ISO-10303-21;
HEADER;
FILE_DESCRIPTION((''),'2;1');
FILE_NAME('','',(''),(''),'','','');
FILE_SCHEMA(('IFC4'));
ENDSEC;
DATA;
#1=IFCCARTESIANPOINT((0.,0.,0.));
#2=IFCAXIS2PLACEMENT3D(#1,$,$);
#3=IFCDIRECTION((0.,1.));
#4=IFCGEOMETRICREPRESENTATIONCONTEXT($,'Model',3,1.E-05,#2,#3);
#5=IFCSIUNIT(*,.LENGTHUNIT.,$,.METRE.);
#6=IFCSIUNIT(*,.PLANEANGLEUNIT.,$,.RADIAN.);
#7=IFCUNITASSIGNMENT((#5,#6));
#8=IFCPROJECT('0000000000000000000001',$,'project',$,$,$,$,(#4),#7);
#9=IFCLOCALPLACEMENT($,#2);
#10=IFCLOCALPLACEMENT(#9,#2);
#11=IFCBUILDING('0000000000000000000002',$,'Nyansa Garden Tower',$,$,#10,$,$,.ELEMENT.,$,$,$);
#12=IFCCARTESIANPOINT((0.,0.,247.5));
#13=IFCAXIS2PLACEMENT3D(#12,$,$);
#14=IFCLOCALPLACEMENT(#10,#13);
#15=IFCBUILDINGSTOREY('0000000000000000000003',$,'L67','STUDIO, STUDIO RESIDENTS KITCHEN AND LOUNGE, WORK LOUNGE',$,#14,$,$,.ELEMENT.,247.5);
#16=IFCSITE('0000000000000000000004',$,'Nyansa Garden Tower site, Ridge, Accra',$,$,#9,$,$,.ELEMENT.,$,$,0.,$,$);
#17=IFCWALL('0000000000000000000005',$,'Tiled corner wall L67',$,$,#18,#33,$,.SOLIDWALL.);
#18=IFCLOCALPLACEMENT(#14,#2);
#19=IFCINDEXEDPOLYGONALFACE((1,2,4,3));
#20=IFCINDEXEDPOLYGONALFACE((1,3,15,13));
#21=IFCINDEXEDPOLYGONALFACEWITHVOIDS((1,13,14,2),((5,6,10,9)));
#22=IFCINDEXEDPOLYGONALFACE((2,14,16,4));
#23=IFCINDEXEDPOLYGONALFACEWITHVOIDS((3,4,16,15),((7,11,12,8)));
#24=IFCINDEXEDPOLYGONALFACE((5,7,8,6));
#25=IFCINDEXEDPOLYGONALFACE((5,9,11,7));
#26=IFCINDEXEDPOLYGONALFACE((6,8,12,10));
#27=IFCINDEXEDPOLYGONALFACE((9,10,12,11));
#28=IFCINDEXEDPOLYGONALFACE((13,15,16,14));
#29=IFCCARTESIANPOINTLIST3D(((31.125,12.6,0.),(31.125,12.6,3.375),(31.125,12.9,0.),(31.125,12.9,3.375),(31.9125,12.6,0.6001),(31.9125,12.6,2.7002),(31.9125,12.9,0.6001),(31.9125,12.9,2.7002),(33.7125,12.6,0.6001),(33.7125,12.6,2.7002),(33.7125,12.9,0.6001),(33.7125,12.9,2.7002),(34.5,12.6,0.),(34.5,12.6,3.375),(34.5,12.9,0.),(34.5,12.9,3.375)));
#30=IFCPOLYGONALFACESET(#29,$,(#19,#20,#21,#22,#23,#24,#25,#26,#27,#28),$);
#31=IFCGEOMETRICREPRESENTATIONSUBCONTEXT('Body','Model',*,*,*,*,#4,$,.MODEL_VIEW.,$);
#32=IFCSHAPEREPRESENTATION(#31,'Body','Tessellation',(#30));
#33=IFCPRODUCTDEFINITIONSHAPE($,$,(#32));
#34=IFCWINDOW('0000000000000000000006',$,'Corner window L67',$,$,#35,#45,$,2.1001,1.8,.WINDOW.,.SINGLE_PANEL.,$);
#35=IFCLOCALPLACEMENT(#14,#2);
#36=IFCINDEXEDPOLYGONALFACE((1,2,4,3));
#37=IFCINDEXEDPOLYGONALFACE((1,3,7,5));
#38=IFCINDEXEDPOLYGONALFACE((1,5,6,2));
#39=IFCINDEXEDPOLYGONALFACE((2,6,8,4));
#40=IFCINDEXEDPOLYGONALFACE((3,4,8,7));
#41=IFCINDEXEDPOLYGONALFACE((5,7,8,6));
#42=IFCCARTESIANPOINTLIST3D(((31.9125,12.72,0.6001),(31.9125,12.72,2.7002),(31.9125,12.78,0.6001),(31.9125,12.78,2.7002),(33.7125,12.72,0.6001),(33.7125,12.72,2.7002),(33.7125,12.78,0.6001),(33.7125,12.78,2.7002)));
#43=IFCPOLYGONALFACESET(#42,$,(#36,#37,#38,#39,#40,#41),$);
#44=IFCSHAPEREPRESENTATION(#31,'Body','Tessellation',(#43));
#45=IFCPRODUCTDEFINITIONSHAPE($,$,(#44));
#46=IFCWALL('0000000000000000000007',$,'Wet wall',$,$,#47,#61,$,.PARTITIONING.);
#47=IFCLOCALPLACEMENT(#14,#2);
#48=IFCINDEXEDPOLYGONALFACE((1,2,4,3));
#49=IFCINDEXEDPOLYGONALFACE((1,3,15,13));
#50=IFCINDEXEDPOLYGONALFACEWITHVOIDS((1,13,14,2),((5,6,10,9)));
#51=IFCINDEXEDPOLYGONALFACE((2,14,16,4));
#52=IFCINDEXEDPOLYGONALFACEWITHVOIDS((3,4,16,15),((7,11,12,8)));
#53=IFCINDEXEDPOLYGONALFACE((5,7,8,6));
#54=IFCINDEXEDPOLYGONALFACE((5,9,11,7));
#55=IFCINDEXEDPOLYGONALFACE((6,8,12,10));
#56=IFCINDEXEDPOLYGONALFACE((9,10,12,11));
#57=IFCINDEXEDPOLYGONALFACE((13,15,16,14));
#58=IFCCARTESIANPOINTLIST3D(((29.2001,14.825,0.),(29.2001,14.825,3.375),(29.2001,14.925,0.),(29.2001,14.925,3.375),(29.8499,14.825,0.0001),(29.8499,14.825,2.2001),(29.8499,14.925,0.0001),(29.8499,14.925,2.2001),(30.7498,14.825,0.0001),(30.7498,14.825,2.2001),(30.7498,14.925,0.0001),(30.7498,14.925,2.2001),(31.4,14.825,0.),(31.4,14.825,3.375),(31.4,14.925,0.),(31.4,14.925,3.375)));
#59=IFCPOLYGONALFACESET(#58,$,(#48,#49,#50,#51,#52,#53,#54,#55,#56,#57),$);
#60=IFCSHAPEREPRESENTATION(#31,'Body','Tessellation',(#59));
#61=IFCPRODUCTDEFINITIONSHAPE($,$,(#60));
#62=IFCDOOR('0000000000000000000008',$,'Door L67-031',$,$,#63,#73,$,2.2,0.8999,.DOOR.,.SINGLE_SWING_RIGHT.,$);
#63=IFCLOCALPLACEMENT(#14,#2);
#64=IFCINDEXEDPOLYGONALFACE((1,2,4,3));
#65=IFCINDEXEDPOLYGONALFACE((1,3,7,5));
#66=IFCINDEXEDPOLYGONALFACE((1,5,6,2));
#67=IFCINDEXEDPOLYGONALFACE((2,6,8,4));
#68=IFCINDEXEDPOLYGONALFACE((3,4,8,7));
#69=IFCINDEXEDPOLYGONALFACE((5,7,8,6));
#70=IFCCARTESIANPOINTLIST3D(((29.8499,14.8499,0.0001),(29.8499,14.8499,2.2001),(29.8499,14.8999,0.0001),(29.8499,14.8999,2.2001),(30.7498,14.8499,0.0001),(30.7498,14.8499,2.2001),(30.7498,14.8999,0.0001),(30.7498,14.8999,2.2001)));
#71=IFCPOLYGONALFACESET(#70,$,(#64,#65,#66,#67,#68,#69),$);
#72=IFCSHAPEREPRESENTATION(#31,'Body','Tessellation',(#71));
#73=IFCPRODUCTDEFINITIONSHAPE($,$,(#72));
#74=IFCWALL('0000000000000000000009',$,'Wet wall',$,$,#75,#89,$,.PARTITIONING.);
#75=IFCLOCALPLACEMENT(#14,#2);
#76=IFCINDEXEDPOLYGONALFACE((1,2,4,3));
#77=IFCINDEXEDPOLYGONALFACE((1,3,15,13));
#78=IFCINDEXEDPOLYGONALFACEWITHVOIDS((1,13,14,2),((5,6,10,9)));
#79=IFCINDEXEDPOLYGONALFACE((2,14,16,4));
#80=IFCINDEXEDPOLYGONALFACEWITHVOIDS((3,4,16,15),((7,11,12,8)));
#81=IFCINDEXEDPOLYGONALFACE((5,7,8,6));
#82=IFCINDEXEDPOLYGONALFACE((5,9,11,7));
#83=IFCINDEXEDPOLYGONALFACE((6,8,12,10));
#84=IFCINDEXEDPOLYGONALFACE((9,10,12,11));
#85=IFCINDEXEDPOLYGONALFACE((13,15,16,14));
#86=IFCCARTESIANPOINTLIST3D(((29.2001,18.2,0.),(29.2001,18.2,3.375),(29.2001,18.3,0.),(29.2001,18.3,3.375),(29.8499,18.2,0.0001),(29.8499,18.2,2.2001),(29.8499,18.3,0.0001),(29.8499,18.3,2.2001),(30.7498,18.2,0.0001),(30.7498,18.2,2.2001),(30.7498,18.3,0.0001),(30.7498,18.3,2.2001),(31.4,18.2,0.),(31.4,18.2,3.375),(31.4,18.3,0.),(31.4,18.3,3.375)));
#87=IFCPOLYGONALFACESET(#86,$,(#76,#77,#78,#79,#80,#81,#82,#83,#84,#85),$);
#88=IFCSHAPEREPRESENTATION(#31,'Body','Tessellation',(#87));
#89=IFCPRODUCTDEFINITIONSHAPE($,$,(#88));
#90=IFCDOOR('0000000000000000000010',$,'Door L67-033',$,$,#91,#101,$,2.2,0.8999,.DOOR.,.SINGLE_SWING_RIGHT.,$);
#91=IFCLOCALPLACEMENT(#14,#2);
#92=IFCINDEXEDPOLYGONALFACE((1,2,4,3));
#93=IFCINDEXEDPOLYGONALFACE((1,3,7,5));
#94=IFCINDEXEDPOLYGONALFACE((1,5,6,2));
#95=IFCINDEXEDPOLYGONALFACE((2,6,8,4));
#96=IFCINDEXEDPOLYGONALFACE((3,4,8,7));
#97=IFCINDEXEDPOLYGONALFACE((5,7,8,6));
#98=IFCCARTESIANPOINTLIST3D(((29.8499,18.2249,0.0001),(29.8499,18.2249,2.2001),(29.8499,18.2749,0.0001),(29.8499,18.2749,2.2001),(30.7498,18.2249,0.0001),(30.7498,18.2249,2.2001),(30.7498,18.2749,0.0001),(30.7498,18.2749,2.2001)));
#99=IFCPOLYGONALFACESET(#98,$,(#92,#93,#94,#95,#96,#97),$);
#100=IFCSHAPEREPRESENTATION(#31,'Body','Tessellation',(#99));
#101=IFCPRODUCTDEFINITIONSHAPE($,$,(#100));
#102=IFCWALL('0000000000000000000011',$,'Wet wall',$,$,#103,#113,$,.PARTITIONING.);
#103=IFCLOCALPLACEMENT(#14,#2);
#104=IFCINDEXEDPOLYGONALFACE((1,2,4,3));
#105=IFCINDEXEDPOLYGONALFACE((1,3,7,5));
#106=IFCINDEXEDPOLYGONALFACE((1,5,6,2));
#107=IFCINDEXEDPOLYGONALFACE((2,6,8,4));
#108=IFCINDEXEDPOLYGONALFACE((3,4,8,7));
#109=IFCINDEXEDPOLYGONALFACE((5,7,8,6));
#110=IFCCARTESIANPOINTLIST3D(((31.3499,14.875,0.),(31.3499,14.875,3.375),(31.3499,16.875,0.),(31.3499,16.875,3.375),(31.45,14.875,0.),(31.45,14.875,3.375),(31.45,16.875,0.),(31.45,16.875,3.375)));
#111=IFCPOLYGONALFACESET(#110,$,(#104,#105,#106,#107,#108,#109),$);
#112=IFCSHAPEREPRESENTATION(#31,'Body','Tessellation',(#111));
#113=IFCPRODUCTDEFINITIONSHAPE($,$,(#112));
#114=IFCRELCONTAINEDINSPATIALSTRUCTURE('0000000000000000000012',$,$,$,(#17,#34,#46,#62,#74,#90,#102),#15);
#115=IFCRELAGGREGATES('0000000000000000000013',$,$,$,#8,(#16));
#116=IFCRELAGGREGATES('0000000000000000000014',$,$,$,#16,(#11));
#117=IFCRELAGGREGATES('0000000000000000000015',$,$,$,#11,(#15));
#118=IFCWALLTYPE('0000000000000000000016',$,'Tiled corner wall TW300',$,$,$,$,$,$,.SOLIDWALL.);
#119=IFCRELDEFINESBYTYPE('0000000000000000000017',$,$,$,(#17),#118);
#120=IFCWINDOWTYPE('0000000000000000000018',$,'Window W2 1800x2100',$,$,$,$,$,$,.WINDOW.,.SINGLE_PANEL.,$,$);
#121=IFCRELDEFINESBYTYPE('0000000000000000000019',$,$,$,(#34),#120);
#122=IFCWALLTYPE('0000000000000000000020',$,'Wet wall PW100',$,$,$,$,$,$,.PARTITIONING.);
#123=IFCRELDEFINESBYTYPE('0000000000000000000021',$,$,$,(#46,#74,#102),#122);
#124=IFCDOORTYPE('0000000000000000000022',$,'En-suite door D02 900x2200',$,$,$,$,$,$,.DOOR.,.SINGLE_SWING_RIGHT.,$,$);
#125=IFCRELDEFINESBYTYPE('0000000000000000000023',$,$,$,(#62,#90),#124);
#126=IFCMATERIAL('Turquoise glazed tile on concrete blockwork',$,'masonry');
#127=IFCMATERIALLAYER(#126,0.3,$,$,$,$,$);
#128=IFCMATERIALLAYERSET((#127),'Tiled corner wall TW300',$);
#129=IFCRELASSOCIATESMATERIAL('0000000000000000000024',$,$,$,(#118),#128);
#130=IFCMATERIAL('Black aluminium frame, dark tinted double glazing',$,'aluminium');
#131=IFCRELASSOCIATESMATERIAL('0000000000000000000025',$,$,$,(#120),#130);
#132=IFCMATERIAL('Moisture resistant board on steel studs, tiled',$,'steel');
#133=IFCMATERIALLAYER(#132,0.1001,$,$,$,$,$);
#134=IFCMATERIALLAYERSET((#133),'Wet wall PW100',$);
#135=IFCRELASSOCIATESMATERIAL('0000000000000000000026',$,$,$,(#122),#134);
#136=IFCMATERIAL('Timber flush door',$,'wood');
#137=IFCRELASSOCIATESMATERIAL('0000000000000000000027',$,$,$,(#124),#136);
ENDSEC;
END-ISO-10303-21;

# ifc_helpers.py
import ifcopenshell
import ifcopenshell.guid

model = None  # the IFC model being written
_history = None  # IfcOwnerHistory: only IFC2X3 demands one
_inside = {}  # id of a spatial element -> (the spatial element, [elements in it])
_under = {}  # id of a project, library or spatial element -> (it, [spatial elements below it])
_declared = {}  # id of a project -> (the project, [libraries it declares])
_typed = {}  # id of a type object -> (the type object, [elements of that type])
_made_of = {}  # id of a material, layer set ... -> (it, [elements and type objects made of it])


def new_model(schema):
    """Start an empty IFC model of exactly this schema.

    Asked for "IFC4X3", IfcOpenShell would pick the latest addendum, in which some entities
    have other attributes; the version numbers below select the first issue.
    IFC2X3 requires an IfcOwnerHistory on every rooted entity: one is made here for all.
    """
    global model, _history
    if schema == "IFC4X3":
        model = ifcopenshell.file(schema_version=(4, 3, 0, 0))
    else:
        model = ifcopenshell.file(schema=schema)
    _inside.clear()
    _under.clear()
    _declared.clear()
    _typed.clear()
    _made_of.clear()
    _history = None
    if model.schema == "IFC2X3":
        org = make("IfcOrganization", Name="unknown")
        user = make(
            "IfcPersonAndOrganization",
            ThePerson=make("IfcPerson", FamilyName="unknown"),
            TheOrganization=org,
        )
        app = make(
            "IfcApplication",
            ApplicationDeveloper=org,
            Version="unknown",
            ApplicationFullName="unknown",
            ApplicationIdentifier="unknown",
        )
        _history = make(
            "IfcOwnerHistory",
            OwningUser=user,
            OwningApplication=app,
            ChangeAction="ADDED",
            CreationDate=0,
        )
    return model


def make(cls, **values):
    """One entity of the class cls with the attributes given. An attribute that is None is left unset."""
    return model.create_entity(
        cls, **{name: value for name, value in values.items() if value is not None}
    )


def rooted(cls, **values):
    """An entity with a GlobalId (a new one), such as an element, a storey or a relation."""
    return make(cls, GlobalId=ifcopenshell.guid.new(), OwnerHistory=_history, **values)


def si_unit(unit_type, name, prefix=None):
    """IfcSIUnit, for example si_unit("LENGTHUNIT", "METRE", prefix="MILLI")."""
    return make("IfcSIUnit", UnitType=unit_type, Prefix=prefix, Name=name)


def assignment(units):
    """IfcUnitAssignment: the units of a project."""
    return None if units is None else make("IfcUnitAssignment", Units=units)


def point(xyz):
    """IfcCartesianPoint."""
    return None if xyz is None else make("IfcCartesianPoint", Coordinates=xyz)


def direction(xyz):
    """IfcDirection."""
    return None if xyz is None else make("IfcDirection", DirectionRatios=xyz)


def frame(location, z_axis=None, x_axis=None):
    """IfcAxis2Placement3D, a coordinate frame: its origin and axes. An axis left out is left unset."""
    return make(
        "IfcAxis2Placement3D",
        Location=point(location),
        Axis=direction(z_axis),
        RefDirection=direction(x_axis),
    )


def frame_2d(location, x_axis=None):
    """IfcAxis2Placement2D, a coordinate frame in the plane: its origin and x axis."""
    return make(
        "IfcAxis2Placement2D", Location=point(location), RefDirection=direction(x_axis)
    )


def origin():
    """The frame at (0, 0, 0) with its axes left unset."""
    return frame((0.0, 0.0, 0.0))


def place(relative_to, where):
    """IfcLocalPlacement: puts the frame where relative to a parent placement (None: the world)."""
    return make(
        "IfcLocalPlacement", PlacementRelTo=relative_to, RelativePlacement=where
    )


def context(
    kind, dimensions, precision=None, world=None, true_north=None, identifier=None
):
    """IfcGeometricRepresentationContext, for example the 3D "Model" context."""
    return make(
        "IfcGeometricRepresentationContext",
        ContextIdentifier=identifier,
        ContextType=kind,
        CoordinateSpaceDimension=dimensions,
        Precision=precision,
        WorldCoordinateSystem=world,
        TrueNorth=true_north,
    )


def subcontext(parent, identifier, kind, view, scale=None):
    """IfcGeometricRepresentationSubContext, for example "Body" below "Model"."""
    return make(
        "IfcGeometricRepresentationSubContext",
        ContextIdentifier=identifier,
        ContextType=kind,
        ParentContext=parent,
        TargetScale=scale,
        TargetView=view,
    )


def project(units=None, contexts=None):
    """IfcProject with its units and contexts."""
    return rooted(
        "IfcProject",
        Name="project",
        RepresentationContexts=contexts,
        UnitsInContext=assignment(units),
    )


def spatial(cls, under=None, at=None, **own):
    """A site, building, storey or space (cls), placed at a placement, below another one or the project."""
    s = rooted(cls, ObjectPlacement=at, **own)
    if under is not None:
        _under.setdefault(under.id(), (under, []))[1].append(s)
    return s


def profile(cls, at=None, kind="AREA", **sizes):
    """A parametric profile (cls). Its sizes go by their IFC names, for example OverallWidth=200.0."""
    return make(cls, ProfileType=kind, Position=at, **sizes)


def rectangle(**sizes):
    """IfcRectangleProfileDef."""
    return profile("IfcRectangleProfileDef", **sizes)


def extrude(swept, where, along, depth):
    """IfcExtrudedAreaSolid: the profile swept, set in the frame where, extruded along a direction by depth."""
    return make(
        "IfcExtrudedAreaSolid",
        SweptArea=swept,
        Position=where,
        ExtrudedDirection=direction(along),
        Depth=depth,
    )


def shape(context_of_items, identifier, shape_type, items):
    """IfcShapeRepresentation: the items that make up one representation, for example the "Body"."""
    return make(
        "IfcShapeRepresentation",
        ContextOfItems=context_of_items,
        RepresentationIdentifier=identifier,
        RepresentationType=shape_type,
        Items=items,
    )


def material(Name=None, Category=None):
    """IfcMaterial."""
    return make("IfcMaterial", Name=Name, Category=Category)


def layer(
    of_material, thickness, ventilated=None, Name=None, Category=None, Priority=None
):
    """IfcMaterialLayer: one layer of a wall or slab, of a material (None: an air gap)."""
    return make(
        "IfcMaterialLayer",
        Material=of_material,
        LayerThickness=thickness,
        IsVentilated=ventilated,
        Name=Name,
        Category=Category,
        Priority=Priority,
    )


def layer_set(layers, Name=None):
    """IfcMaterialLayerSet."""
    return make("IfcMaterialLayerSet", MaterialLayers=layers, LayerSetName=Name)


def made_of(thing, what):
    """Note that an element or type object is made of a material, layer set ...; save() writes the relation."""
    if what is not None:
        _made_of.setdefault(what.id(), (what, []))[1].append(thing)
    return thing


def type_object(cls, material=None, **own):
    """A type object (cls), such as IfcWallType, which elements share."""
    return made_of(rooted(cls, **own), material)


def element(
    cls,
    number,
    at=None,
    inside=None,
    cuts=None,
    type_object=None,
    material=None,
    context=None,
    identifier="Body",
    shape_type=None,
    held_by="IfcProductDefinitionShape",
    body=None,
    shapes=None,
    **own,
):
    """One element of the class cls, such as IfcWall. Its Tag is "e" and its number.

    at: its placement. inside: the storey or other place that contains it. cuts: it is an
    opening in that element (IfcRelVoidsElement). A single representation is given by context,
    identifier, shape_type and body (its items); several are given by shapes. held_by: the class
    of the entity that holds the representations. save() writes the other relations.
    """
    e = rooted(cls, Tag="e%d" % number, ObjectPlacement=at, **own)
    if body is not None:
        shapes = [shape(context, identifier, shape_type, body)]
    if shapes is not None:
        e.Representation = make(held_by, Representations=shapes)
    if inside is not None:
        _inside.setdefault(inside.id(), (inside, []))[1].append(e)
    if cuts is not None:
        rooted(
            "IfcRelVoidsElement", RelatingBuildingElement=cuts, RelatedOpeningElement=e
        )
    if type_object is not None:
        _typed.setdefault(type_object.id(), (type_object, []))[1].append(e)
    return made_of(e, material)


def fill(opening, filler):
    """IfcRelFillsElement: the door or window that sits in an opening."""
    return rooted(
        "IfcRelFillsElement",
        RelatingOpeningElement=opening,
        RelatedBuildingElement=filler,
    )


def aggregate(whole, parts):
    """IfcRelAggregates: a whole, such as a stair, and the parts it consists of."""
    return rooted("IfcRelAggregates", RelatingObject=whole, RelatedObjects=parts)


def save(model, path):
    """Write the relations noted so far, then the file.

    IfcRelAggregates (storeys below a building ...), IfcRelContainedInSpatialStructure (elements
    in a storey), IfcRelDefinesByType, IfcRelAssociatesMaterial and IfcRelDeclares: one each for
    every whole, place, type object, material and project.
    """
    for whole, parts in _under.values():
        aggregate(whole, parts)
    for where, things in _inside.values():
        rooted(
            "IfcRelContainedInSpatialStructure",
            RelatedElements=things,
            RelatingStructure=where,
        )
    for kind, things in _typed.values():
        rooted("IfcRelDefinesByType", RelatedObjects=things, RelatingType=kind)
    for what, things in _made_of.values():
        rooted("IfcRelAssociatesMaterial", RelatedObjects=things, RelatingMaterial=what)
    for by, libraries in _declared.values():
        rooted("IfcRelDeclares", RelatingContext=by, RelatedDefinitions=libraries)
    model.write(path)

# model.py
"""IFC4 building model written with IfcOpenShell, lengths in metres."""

from ifc_helpers import new_model, si_unit, direction, frame, frame_2d, origin, place, context, subcontext, project, spatial, rectangle, extrude, material, layer, layer_set, type_object, element, fill, save


model = new_model("IFC4")

# Units and contexts
model_context = context("Model", 3, precision=1e-05, world=origin(), true_north=direction((0.0, 1.0)))
body_context = subcontext(model_context, "Body", "Model", "MODEL_VIEW")
ifc_project = project(units=[si_unit("LENGTHUNIT", "METRE"), si_unit("PLANEANGLEUNIT", "RADIAN")], contexts=[model_context])

# Site, building, storey
site_placement = place(None, origin())
site = spatial("IfcSite", under=ifc_project, at=site_placement, Name="Nyansa Garden Tower site, Ridge, Accra", CompositionType="ELEMENT", RefElevation=0.0)
building_placement = place(site_placement, origin())
building = spatial("IfcBuilding", under=site, at=building_placement, Name="Nyansa Garden Tower", CompositionType="ELEMENT")
storey_placement = place(building_placement, frame((0.0, 0.0, 247.5)))
storey = spatial("IfcBuildingStorey", under=building, at=storey_placement, Name="L67", Description="STUDIO, STUDIO RESIDENTS KITCHEN AND LOUNGE, WORK LOUNGE", CompositionType="ELEMENT", Elevation=247.5)

# Wall, opening, window
ifc_material_1 = material(Name="Turquoise glazed tile on concrete blockwork", Category="masonry")
ifc_layer_1 = layer(ifc_material_1, 0.3)
ifc_layer_set_1 = layer_set([ifc_layer_1], Name="Tiled corner wall TW300")
wall_type_1 = type_object("IfcWallType", Name="Tiled corner wall TW300", PredefinedType="SOLIDWALL", material=ifc_layer_set_1)
wall_1_placement = place(storey_placement, frame((31.125, 12.75, 0.0), z_axis=(0.0, 0.0, 1.0), x_axis=(1.0, 0.0, 0.0)))
wall_1 = element("IfcWall", 1, at=wall_1_placement, inside=storey, type_object=wall_type_1, Name="Tiled corner wall L67", PredefinedType="SOLIDWALL", context=body_context, shape_type="SweptSolid", body=[
    extrude(rectangle(XDim=3.375, YDim=0.3, at=frame_2d((1.6875, 0.0))), origin(), (0.0, 0.0, 1.0), 3.375),
])
opening_1_placement = place(wall_1_placement, frame((0.7876, 0.0, 0.6001)))
opening_1 = element("IfcOpeningElement", 2, at=opening_1_placement, cuts=wall_1, PredefinedType="OPENING", context=body_context, shape_type="SweptSolid", body=[
    extrude(rectangle(XDim=1.8, YDim=2.1001, at=frame_2d((0.8999, 1.05))), frame((0.0, 0.1599, 0.0), z_axis=(0.0, -1.0, 0.0), x_axis=(1.0, 0.0, 0.0)), (0.0, 0.0, 1.0), 0.3201),
])
ifc_material_2 = material(Name="Black aluminium frame, dark tinted double glazing", Category="aluminium")
window_type = type_object("IfcWindowType", Name="Window W2 1800x2100", PartitioningType="SINGLE_PANEL", PredefinedType="WINDOW", material=ifc_material_2)
window_placement = place(opening_1_placement, origin())
window = element("IfcWindow", 3, at=window_placement, inside=storey, type_object=window_type, Name="Corner window L67", OverallHeight=2.1001, OverallWidth=1.8, PartitioningType="SINGLE_PANEL", PredefinedType="WINDOW", context=body_context, shape_type="SweptSolid", body=[
    extrude(rectangle(XDim=1.8, YDim=2.1001, at=frame_2d((0.8999, 1.05))), frame((0.0, 0.03, 0.0), z_axis=(0.0, -1.0, 0.0), x_axis=(1.0, 0.0, 0.0)), (0.0, 0.0, 1.0), 0.0601),
])
fill(opening_1, window)

# Walls, openings, doors
ifc_material_3 = material(Name="Moisture resistant board on steel studs, tiled", Category="steel")
ifc_layer_2 = layer(ifc_material_3, 0.1001)
ifc_layer_set_2 = layer_set([ifc_layer_2], Name="Wet wall PW100")
wall_type_2 = type_object("IfcWallType", Name="Wet wall PW100", PredefinedType="PARTITIONING", material=ifc_layer_set_2)
wall_2_placement = place(storey_placement, frame((29.2, 14.875, 0.0), z_axis=(0.0, 0.0, 1.0), x_axis=(1.0, 0.0, 0.0)))
wall_2 = element("IfcWall", 4, at=wall_2_placement, inside=storey, type_object=wall_type_2, Name="Wet wall", PredefinedType="PARTITIONING", context=body_context, shape_type="SweptSolid", body=[
    extrude(rectangle(XDim=2.2, YDim=0.1001, at=frame_2d((1.1001, 0.0))), origin(), (0.0, 0.0, 1.0), 3.375),
])
opening_2_placement = place(wall_2_placement, frame((0.6499, 0.0, 0.0)))
opening_2 = element("IfcOpeningElement", 5, at=opening_2_placement, cuts=wall_2, PredefinedType="OPENING", context=body_context, shape_type="SweptSolid", body=[
    extrude(rectangle(XDim=0.8999, YDim=2.2, at=frame_2d((0.45, 1.1001))), frame((0.0, 0.0601, 0.0), z_axis=(0.0, -1.0, 0.0), x_axis=(1.0, 0.0, 0.0)), (0.0, 0.0, 1.0), 0.1201),
])
ifc_material_4 = material(Name="Timber flush door", Category="wood")
door_type_1 = type_object("IfcDoorType", Name="En-suite door D02 900x2200", OperationType="SINGLE_SWING_RIGHT", PredefinedType="DOOR", material=ifc_material_4)
door_1_placement = place(opening_2_placement, origin())
door_1 = element("IfcDoor", 6, at=door_1_placement, inside=storey, type_object=door_type_1, Name="Door L67-031", OperationType="SINGLE_SWING_RIGHT", OverallHeight=2.2, OverallWidth=0.8999, PredefinedType="DOOR", context=body_context, shape_type="SweptSolid", body=[
    extrude(rectangle(XDim=0.8999, YDim=2.2, at=frame_2d((0.45, 1.1001))), frame((0.0, 0.0249, 0.0), z_axis=(0.0, -1.0, 0.0), x_axis=(1.0, 0.0, 0.0)), (0.0, 0.0, 1.0), 0.05),
])
fill(opening_2, door_1)
wall_3_placement = place(storey_placement, frame((29.2, 18.25, 0.0), z_axis=(0.0, 0.0, 1.0), x_axis=(1.0, 0.0, 0.0)))
wall_3 = element("IfcWall", 7, at=wall_3_placement, inside=storey, type_object=wall_type_2, Name="Wet wall", PredefinedType="PARTITIONING", context=body_context, shape_type="SweptSolid", body=[
    extrude(rectangle(XDim=2.2, YDim=0.1001, at=frame_2d((1.1001, 0.0))), origin(), (0.0, 0.0, 1.0), 3.375),
])
opening_3_placement = place(wall_3_placement, frame((0.6499, 0.0, 0.0)))
opening_3 = element("IfcOpeningElement", 8, at=opening_3_placement, cuts=wall_3, PredefinedType="OPENING", context=body_context, shape_type="SweptSolid", body=[
    extrude(rectangle(XDim=0.8999, YDim=2.2, at=frame_2d((0.45, 1.1001))), frame((0.0, 0.0601, 0.0), z_axis=(0.0, -1.0, 0.0), x_axis=(1.0, 0.0, 0.0)), (0.0, 0.0, 1.0), 0.1201),
])
door_2_placement = place(opening_3_placement, origin())
door_2 = element("IfcDoor", 9, at=door_2_placement, inside=storey, type_object=door_type_1, Name="Door L67-033", OperationType="SINGLE_SWING_RIGHT", OverallHeight=2.2, OverallWidth=0.8999, PredefinedType="DOOR", context=body_context, shape_type="SweptSolid", body=[
    extrude(rectangle(XDim=0.8999, YDim=2.2, at=frame_2d((0.45, 1.1001))), frame((0.0, 0.0249, 0.0), z_axis=(0.0, -1.0, 0.0), x_axis=(1.0, 0.0, 0.0)), (0.0, 0.0, 1.0), 0.05),
])
fill(opening_3, door_2)

# Wall
wall_4_placement = place(storey_placement, frame((31.3999, 14.875, 0.0), z_axis=(0.0, 0.0, 1.0), x_axis=(0.0, 1.0, 0.0)))
element("IfcWall", 10, at=wall_4_placement, inside=storey, type_object=wall_type_2, Name="Wet wall", PredefinedType="PARTITIONING", context=body_context, shape_type="SweptSolid", body=[
    extrude(rectangle(XDim=2.0, YDim=0.1001, at=frame_2d((1.0, 0.0))), origin(), (0.0, 0.0, 1.0), 3.375),
])

save(model, "model.ifc")
